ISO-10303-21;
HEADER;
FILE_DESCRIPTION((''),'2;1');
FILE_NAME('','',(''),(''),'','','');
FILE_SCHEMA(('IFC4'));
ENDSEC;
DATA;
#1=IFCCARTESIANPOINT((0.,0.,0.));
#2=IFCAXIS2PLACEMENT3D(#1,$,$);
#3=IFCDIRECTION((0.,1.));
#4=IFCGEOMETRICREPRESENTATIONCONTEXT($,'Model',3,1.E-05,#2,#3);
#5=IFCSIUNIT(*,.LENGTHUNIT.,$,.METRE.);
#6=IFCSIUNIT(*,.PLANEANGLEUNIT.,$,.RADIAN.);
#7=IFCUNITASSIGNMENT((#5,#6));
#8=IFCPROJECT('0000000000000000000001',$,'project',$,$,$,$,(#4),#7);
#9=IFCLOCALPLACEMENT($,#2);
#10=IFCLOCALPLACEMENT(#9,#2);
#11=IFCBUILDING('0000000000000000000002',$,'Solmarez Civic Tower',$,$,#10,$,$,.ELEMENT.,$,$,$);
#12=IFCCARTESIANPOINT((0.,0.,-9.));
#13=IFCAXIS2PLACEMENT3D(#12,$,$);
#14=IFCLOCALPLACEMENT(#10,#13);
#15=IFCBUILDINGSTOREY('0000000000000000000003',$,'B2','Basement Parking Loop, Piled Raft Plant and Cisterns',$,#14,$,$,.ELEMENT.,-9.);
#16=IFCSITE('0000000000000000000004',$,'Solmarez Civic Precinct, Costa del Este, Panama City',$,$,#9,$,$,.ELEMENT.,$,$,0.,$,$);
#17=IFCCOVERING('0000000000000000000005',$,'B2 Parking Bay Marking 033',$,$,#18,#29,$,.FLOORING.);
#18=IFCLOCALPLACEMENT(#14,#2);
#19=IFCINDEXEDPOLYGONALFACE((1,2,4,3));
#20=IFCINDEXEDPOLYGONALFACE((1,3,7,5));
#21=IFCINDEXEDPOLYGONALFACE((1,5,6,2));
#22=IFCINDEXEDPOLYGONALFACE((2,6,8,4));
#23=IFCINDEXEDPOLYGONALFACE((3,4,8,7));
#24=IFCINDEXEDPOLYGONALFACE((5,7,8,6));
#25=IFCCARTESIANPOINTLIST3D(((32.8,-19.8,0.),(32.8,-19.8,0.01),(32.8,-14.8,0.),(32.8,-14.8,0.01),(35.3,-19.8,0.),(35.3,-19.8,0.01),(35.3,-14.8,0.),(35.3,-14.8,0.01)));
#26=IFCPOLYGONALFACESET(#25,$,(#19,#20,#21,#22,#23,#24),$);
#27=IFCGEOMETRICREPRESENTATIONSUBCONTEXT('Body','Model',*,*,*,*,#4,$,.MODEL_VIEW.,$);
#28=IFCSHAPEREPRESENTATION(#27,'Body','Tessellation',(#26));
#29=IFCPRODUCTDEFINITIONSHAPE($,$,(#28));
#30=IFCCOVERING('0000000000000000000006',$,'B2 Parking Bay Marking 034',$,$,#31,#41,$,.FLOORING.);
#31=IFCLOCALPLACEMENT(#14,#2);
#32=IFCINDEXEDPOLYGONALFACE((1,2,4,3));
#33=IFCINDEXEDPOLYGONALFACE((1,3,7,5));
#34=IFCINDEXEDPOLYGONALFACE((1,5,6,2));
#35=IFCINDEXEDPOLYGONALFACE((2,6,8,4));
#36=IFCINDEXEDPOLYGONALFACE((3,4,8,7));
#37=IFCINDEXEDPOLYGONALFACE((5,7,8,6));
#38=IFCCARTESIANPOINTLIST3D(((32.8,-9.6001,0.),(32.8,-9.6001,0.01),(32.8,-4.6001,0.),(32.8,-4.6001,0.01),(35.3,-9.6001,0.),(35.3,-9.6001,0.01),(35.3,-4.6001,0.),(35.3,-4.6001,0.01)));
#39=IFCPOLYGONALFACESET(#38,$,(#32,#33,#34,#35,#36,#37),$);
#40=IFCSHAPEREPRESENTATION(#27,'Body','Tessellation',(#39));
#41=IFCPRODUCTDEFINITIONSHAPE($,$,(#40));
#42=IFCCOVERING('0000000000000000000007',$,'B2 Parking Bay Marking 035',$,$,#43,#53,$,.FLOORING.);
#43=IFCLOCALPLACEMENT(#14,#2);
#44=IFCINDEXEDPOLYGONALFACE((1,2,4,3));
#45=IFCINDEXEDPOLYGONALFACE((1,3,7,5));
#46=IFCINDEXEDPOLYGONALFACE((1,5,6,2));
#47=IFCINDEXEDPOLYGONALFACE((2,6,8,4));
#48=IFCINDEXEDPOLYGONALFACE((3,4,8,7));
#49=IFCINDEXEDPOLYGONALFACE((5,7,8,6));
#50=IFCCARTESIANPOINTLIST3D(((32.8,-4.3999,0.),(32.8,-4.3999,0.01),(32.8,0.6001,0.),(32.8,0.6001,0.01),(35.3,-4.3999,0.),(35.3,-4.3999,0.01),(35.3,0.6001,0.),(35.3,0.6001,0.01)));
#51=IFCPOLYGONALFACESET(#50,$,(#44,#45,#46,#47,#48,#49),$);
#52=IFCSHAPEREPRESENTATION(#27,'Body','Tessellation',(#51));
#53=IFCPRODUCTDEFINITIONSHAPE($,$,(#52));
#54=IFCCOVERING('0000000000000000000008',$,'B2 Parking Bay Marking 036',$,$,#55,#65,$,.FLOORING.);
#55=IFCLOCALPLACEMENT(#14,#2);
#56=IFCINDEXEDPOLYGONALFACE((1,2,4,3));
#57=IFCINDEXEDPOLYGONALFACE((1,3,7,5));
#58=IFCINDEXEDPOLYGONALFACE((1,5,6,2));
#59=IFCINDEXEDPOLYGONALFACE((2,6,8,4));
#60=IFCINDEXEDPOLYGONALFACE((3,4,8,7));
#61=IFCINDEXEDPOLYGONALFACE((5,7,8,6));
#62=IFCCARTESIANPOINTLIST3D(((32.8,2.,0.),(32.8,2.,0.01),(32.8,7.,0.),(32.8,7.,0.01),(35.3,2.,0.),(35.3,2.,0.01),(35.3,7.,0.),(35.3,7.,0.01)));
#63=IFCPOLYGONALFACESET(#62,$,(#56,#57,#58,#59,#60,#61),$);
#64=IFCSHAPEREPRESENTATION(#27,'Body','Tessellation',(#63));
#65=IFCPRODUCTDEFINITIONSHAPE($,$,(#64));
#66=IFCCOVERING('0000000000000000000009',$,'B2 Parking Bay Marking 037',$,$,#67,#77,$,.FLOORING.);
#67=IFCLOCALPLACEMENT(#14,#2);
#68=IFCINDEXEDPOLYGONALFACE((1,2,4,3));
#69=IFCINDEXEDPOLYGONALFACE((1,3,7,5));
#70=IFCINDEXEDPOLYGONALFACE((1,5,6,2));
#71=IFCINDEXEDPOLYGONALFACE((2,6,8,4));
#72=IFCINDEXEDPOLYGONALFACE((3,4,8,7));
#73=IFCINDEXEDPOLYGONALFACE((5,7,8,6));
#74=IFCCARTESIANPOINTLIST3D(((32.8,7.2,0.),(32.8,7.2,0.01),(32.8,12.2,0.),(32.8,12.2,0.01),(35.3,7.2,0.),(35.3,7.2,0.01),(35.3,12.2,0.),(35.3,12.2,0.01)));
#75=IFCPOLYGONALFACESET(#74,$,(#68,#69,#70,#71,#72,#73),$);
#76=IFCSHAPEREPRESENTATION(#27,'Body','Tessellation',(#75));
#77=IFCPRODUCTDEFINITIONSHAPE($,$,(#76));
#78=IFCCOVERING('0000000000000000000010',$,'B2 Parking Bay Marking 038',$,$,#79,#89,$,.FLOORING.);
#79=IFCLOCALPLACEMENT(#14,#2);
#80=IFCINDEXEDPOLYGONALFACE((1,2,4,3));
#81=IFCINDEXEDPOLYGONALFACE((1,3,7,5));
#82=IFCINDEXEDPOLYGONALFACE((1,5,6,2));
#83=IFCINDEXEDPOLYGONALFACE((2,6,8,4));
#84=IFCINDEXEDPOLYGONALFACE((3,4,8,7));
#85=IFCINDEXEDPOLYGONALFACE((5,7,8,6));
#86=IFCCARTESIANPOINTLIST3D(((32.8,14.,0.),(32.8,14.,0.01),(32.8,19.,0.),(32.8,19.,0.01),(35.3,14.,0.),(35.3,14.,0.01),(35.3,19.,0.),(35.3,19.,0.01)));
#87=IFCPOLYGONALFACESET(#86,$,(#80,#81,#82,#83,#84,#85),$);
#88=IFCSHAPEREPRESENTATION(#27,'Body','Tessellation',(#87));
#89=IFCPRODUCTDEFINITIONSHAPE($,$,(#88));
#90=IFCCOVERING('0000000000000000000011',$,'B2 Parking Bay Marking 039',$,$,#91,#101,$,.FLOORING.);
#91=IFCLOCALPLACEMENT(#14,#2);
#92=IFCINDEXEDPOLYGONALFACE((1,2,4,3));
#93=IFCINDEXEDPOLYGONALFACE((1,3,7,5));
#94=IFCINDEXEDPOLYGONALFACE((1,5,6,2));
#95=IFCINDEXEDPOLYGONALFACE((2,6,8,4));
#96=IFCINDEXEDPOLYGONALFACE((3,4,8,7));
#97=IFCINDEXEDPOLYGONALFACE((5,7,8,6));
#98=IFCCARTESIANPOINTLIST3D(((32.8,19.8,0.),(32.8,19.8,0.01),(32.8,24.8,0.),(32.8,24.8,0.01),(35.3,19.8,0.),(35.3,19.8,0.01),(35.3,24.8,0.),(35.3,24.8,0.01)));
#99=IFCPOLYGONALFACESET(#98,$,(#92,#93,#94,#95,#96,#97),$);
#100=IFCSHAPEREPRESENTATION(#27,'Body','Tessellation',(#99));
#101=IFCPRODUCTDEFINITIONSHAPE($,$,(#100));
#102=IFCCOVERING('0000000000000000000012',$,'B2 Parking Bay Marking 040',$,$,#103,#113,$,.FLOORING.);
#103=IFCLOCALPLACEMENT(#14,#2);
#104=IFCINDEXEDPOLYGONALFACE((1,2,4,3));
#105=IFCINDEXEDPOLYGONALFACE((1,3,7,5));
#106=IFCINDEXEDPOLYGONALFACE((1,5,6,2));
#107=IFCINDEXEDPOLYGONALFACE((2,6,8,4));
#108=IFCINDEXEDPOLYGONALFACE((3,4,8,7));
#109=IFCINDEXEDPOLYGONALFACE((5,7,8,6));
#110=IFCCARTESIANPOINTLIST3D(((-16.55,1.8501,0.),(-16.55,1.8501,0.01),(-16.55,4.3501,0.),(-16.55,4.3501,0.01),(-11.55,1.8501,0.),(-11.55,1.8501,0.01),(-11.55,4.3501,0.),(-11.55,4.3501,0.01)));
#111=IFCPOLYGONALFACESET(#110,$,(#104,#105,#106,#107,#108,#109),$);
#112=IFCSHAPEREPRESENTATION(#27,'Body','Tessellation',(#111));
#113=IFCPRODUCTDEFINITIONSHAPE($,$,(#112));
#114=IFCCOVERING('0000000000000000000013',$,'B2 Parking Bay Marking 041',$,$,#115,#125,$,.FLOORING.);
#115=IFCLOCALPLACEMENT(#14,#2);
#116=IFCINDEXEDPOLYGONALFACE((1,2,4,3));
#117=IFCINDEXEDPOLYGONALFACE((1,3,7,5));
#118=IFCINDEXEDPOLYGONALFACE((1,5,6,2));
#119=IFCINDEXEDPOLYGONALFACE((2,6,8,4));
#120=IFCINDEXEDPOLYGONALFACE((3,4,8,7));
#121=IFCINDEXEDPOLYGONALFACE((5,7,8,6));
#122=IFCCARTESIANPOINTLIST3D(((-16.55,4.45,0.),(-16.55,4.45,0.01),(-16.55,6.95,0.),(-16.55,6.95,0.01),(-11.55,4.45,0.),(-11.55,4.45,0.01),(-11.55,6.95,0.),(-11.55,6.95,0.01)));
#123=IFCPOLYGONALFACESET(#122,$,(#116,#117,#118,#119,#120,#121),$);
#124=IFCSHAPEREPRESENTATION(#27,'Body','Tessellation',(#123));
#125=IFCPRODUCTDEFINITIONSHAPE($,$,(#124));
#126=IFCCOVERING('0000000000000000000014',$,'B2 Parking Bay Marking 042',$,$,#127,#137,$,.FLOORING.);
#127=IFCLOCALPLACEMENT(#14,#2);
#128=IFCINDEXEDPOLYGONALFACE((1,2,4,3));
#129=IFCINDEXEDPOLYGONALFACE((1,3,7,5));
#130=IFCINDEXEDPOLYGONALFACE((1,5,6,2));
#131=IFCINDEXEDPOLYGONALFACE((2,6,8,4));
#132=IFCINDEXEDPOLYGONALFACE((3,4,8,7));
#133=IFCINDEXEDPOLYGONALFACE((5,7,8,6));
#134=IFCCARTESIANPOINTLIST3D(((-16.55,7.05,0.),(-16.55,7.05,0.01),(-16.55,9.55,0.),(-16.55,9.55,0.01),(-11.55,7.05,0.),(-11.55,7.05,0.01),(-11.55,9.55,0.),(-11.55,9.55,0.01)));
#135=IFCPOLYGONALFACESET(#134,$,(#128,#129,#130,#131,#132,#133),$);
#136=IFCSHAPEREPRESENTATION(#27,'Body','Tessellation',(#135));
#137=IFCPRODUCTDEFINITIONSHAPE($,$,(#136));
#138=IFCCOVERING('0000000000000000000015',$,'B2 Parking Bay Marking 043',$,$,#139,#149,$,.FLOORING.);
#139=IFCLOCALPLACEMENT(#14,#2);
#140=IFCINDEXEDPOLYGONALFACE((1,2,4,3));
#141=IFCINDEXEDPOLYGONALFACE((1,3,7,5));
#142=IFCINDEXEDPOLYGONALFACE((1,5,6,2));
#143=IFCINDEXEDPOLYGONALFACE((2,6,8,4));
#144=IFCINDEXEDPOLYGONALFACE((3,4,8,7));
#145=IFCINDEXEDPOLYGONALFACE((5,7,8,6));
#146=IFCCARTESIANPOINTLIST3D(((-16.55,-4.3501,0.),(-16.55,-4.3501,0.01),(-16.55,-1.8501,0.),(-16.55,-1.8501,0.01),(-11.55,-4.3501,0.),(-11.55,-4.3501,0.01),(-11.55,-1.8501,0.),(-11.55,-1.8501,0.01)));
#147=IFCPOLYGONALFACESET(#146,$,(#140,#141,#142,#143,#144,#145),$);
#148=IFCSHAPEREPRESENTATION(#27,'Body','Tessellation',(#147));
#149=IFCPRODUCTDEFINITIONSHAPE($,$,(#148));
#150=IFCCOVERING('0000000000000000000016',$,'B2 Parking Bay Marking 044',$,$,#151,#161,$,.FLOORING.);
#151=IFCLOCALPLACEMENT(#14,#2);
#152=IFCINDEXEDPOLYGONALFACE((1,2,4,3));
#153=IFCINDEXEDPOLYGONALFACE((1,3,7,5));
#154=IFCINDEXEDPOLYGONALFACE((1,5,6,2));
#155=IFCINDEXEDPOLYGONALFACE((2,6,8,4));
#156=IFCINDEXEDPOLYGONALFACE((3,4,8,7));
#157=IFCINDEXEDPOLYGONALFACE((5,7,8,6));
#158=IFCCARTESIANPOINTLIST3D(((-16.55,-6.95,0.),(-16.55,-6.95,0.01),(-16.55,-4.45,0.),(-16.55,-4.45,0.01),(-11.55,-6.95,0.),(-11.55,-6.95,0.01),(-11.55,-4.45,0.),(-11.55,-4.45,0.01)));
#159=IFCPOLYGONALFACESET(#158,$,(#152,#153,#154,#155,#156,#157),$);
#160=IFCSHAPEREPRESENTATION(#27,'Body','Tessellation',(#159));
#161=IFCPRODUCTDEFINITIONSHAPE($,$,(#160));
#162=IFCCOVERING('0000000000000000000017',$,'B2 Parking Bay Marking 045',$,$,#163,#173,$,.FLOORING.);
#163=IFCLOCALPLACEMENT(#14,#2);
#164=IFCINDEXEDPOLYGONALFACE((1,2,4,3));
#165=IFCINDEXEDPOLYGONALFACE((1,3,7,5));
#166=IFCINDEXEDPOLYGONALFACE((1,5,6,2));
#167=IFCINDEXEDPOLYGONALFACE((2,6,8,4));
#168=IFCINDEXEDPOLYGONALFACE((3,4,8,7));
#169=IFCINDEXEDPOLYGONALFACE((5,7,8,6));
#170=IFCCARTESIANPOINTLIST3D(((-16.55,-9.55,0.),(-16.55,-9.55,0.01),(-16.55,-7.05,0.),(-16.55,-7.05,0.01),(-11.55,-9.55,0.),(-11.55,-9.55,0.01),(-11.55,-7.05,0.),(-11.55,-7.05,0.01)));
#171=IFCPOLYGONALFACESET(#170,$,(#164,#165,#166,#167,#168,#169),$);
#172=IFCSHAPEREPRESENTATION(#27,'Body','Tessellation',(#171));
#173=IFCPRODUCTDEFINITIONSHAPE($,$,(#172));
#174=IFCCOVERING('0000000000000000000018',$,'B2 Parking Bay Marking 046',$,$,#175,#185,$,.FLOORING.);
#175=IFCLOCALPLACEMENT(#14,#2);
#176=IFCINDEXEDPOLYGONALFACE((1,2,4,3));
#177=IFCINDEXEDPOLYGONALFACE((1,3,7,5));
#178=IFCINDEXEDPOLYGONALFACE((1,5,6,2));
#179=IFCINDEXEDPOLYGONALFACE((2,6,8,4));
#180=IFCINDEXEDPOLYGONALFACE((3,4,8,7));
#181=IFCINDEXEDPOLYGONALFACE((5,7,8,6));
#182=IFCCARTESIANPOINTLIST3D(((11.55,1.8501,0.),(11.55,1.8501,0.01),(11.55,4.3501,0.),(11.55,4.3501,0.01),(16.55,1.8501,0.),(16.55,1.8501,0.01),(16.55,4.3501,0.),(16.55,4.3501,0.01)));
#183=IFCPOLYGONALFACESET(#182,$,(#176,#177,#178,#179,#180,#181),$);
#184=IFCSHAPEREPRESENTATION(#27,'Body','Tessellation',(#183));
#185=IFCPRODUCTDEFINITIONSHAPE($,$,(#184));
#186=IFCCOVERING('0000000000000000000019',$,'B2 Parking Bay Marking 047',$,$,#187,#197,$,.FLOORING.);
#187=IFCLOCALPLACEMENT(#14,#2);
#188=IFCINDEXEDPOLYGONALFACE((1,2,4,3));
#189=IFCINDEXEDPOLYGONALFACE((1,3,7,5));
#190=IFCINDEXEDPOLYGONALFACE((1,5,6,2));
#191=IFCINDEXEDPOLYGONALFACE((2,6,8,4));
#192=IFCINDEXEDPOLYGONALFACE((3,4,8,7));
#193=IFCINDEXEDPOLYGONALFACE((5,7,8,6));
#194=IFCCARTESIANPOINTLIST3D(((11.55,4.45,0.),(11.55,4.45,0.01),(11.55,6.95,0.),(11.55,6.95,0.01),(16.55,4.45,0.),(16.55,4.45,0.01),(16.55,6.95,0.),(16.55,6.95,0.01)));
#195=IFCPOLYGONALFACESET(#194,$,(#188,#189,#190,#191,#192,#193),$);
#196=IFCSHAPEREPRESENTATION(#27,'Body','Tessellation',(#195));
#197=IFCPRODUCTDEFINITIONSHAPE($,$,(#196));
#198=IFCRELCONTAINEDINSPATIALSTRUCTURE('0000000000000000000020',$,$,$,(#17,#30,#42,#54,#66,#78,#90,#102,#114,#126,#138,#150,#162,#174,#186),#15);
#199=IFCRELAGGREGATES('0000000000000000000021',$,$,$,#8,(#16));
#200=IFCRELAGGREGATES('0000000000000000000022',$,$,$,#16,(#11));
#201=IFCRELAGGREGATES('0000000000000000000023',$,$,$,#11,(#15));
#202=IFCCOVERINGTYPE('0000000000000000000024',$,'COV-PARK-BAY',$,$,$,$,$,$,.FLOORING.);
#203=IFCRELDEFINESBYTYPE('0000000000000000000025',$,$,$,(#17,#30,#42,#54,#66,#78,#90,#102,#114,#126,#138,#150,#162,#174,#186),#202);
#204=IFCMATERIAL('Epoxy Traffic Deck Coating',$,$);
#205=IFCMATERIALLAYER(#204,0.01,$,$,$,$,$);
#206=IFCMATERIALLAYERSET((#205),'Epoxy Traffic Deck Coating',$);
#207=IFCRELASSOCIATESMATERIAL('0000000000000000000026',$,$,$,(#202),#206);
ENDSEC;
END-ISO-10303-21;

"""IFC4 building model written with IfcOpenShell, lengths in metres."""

from ifc_helpers import new_model, si_unit, direction, frame, origin, place, context, subcontext, project, spatial, polyline, outline, extrude, material, layer, layer_set, type_object, element, save


model = new_model("IFC4")

# Units and contexts
model_context = context("Model", 3, precision=1e-05, world=origin(), true_north=direction((0.0, 1.0)))
body_context = subcontext(model_context, "Body", "Model", "MODEL_VIEW")
ifc_project = project(units=[si_unit("LENGTHUNIT", "METRE"), si_unit("PLANEANGLEUNIT", "RADIAN")], contexts=[model_context])

# Site, building, storey
site_placement = place(None, origin())
site = spatial("IfcSite", under=ifc_project, at=site_placement, Name="Solmarez Civic Precinct, Costa del Este, Panama City", CompositionType="ELEMENT", RefElevation=0.0)
building_placement = place(site_placement, origin())
building = spatial("IfcBuilding", under=site, at=building_placement, Name="Solmarez Civic Tower", CompositionType="ELEMENT")
storey_placement = place(building_placement, frame((0.0, 0.0, -9.0)))
storey = spatial("IfcBuildingStorey", under=building, at=storey_placement, Name="B2", Description="Basement Parking Loop, Piled Raft Plant and Cisterns", CompositionType="ELEMENT", Elevation=-9.0)

# Coverings
ifc_material_1 = material(Name="Epoxy Traffic Deck Coating")
ifc_layer_1 = layer(ifc_material_1, 0.01)
ifc_layer_set_1 = layer_set([ifc_layer_1], Name="Epoxy Traffic Deck Coating")
covering_type = type_object("IfcCoveringType", Name="COV-PARK-BAY", PredefinedType="FLOORING", material=ifc_layer_set_1)
covering_1_placement = place(storey_placement, origin())
element("IfcCovering", 1, at=covering_1_placement, inside=storey, type_object=covering_type, Name="B2 Parking Bay Marking 033", PredefinedType="FLOORING", context=body_context, shape_type="SweptSolid", body=[
    extrude(outline(polyline([(32.8, -19.8), (35.3, -19.8), (35.3, -14.8), (32.8, -14.8), (32.8, -19.8)])), origin(), (0.0, 0.0, 1.0), 0.01),
])
covering_2_placement = place(storey_placement, origin())
element("IfcCovering", 2, at=covering_2_placement, inside=storey, type_object=covering_type, Name="B2 Parking Bay Marking 034", PredefinedType="FLOORING", context=body_context, shape_type="SweptSolid", body=[
    extrude(outline(polyline([(32.8, -9.6001), (35.3, -9.6001), (35.3, -4.6001), (32.8, -4.6001), (32.8, -9.6001)])), origin(), (0.0, 0.0, 1.0), 0.01),
])
covering_3_placement = place(storey_placement, origin())
element("IfcCovering", 3, at=covering_3_placement, inside=storey, type_object=covering_type, Name="B2 Parking Bay Marking 035", PredefinedType="FLOORING", context=body_context, shape_type="SweptSolid", body=[
    extrude(outline(polyline([(32.8, -4.3999), (35.3, -4.3999), (35.3, 0.6001), (32.8, 0.6001), (32.8, -4.3999)])), origin(), (0.0, 0.0, 1.0), 0.01),
])
covering_4_placement = place(storey_placement, origin())
element("IfcCovering", 4, at=covering_4_placement, inside=storey, type_object=covering_type, Name="B2 Parking Bay Marking 036", PredefinedType="FLOORING", context=body_context, shape_type="SweptSolid", body=[
    extrude(outline(polyline([(32.8, 2.0), (35.3, 2.0), (35.3, 7.0), (32.8, 7.0), (32.8, 2.0)])), origin(), (0.0, 0.0, 1.0), 0.01),
])
covering_5_placement = place(storey_placement, origin())
element("IfcCovering", 5, at=covering_5_placement, inside=storey, type_object=covering_type, Name="B2 Parking Bay Marking 037", PredefinedType="FLOORING", context=body_context, shape_type="SweptSolid", body=[
    extrude(outline(polyline([(32.8, 7.2), (35.3, 7.2), (35.3, 12.2), (32.8, 12.2), (32.8, 7.2)])), origin(), (0.0, 0.0, 1.0), 0.01),
])
covering_6_placement = place(storey_placement, origin())
element("IfcCovering", 6, at=covering_6_placement, inside=storey, type_object=covering_type, Name="B2 Parking Bay Marking 038", PredefinedType="FLOORING", context=body_context, shape_type="SweptSolid", body=[
    extrude(outline(polyline([(32.8, 14.0), (35.3, 14.0), (35.3, 19.0), (32.8, 19.0), (32.8, 14.0)])), origin(), (0.0, 0.0, 1.0), 0.01),
])
covering_7_placement = place(storey_placement, origin())
element("IfcCovering", 7, at=covering_7_placement, inside=storey, type_object=covering_type, Name="B2 Parking Bay Marking 039", PredefinedType="FLOORING", context=body_context, shape_type="SweptSolid", body=[
    extrude(outline(polyline([(32.8, 19.8), (35.3, 19.8), (35.3, 24.8), (32.8, 24.8), (32.8, 19.8)])), origin(), (0.0, 0.0, 1.0), 0.01),
])
covering_8_placement = place(storey_placement, origin())
element("IfcCovering", 8, at=covering_8_placement, inside=storey, type_object=covering_type, Name="B2 Parking Bay Marking 040", PredefinedType="FLOORING", context=body_context, shape_type="SweptSolid", body=[
    extrude(outline(polyline([(-16.55, 1.8501), (-11.55, 1.8501), (-11.55, 4.3501), (-16.55, 4.3501), (-16.55, 1.8501)])), origin(), (0.0, 0.0, 1.0), 0.01),
])
covering_9_placement = place(storey_placement, origin())
element("IfcCovering", 9, at=covering_9_placement, inside=storey, type_object=covering_type, Name="B2 Parking Bay Marking 041", PredefinedType="FLOORING", context=body_context, shape_type="SweptSolid", body=[
    extrude(outline(polyline([(-16.55, 4.45), (-11.55, 4.45), (-11.55, 6.95), (-16.55, 6.95), (-16.55, 4.45)])), origin(), (0.0, 0.0, 1.0), 0.01),
])
covering_10_placement = place(storey_placement, origin())
element("IfcCovering", 10, at=covering_10_placement, inside=storey, type_object=covering_type, Name="B2 Parking Bay Marking 042", PredefinedType="FLOORING", context=body_context, shape_type="SweptSolid", body=[
    extrude(outline(polyline([(-16.55, 7.05), (-11.55, 7.05), (-11.55, 9.55), (-16.55, 9.55), (-16.55, 7.05)])), origin(), (0.0, 0.0, 1.0), 0.01),
])
covering_11_placement = place(storey_placement, origin())
element("IfcCovering", 11, at=covering_11_placement, inside=storey, type_object=covering_type, Name="B2 Parking Bay Marking 043", PredefinedType="FLOORING", context=body_context, shape_type="SweptSolid", body=[
    extrude(outline(polyline([(-16.55, -4.3501), (-11.55, -4.3501), (-11.55, -1.8501), (-16.55, -1.8501), (-16.55, -4.3501)])), origin(), (0.0, 0.0, 1.0), 0.01),
])
covering_12_placement = place(storey_placement, origin())
element("IfcCovering", 12, at=covering_12_placement, inside=storey, type_object=covering_type, Name="B2 Parking Bay Marking 044", PredefinedType="FLOORING", context=body_context, shape_type="SweptSolid", body=[
    extrude(outline(polyline([(-16.55, -6.95), (-11.55, -6.95), (-11.55, -4.45), (-16.55, -4.45), (-16.55, -6.95)])), origin(), (0.0, 0.0, 1.0), 0.01),
])
covering_13_placement = place(storey_placement, origin())
element("IfcCovering", 13, at=covering_13_placement, inside=storey, type_object=covering_type, Name="B2 Parking Bay Marking 045", PredefinedType="FLOORING", context=body_context, shape_type="SweptSolid", body=[
    extrude(outline(polyline([(-16.55, -9.55), (-11.55, -9.55), (-11.55, -7.05), (-16.55, -7.05), (-16.55, -9.55)])), origin(), (0.0, 0.0, 1.0), 0.01),
])
covering_14_placement = place(storey_placement, origin())
element("IfcCovering", 14, at=covering_14_placement, inside=storey, type_object=covering_type, Name="B2 Parking Bay Marking 046", PredefinedType="FLOORING", context=body_context, shape_type="SweptSolid", body=[
    extrude(outline(polyline([(11.55, 1.8501), (16.55, 1.8501), (16.55, 4.3501), (11.55, 4.3501), (11.55, 1.8501)])), origin(), (0.0, 0.0, 1.0), 0.01),
])
covering_15_placement = place(storey_placement, origin())
element("IfcCovering", 15, at=covering_15_placement, inside=storey, type_object=covering_type, Name="B2 Parking Bay Marking 047", PredefinedType="FLOORING", context=body_context, shape_type="SweptSolid", body=[
    extrude(outline(polyline([(11.55, 4.45), (16.55, 4.45), (16.55, 6.95), (11.55, 6.95), (11.55, 4.45)])), origin(), (0.0, 0.0, 1.0), 0.01),
])

save(model, "model.ifc")
